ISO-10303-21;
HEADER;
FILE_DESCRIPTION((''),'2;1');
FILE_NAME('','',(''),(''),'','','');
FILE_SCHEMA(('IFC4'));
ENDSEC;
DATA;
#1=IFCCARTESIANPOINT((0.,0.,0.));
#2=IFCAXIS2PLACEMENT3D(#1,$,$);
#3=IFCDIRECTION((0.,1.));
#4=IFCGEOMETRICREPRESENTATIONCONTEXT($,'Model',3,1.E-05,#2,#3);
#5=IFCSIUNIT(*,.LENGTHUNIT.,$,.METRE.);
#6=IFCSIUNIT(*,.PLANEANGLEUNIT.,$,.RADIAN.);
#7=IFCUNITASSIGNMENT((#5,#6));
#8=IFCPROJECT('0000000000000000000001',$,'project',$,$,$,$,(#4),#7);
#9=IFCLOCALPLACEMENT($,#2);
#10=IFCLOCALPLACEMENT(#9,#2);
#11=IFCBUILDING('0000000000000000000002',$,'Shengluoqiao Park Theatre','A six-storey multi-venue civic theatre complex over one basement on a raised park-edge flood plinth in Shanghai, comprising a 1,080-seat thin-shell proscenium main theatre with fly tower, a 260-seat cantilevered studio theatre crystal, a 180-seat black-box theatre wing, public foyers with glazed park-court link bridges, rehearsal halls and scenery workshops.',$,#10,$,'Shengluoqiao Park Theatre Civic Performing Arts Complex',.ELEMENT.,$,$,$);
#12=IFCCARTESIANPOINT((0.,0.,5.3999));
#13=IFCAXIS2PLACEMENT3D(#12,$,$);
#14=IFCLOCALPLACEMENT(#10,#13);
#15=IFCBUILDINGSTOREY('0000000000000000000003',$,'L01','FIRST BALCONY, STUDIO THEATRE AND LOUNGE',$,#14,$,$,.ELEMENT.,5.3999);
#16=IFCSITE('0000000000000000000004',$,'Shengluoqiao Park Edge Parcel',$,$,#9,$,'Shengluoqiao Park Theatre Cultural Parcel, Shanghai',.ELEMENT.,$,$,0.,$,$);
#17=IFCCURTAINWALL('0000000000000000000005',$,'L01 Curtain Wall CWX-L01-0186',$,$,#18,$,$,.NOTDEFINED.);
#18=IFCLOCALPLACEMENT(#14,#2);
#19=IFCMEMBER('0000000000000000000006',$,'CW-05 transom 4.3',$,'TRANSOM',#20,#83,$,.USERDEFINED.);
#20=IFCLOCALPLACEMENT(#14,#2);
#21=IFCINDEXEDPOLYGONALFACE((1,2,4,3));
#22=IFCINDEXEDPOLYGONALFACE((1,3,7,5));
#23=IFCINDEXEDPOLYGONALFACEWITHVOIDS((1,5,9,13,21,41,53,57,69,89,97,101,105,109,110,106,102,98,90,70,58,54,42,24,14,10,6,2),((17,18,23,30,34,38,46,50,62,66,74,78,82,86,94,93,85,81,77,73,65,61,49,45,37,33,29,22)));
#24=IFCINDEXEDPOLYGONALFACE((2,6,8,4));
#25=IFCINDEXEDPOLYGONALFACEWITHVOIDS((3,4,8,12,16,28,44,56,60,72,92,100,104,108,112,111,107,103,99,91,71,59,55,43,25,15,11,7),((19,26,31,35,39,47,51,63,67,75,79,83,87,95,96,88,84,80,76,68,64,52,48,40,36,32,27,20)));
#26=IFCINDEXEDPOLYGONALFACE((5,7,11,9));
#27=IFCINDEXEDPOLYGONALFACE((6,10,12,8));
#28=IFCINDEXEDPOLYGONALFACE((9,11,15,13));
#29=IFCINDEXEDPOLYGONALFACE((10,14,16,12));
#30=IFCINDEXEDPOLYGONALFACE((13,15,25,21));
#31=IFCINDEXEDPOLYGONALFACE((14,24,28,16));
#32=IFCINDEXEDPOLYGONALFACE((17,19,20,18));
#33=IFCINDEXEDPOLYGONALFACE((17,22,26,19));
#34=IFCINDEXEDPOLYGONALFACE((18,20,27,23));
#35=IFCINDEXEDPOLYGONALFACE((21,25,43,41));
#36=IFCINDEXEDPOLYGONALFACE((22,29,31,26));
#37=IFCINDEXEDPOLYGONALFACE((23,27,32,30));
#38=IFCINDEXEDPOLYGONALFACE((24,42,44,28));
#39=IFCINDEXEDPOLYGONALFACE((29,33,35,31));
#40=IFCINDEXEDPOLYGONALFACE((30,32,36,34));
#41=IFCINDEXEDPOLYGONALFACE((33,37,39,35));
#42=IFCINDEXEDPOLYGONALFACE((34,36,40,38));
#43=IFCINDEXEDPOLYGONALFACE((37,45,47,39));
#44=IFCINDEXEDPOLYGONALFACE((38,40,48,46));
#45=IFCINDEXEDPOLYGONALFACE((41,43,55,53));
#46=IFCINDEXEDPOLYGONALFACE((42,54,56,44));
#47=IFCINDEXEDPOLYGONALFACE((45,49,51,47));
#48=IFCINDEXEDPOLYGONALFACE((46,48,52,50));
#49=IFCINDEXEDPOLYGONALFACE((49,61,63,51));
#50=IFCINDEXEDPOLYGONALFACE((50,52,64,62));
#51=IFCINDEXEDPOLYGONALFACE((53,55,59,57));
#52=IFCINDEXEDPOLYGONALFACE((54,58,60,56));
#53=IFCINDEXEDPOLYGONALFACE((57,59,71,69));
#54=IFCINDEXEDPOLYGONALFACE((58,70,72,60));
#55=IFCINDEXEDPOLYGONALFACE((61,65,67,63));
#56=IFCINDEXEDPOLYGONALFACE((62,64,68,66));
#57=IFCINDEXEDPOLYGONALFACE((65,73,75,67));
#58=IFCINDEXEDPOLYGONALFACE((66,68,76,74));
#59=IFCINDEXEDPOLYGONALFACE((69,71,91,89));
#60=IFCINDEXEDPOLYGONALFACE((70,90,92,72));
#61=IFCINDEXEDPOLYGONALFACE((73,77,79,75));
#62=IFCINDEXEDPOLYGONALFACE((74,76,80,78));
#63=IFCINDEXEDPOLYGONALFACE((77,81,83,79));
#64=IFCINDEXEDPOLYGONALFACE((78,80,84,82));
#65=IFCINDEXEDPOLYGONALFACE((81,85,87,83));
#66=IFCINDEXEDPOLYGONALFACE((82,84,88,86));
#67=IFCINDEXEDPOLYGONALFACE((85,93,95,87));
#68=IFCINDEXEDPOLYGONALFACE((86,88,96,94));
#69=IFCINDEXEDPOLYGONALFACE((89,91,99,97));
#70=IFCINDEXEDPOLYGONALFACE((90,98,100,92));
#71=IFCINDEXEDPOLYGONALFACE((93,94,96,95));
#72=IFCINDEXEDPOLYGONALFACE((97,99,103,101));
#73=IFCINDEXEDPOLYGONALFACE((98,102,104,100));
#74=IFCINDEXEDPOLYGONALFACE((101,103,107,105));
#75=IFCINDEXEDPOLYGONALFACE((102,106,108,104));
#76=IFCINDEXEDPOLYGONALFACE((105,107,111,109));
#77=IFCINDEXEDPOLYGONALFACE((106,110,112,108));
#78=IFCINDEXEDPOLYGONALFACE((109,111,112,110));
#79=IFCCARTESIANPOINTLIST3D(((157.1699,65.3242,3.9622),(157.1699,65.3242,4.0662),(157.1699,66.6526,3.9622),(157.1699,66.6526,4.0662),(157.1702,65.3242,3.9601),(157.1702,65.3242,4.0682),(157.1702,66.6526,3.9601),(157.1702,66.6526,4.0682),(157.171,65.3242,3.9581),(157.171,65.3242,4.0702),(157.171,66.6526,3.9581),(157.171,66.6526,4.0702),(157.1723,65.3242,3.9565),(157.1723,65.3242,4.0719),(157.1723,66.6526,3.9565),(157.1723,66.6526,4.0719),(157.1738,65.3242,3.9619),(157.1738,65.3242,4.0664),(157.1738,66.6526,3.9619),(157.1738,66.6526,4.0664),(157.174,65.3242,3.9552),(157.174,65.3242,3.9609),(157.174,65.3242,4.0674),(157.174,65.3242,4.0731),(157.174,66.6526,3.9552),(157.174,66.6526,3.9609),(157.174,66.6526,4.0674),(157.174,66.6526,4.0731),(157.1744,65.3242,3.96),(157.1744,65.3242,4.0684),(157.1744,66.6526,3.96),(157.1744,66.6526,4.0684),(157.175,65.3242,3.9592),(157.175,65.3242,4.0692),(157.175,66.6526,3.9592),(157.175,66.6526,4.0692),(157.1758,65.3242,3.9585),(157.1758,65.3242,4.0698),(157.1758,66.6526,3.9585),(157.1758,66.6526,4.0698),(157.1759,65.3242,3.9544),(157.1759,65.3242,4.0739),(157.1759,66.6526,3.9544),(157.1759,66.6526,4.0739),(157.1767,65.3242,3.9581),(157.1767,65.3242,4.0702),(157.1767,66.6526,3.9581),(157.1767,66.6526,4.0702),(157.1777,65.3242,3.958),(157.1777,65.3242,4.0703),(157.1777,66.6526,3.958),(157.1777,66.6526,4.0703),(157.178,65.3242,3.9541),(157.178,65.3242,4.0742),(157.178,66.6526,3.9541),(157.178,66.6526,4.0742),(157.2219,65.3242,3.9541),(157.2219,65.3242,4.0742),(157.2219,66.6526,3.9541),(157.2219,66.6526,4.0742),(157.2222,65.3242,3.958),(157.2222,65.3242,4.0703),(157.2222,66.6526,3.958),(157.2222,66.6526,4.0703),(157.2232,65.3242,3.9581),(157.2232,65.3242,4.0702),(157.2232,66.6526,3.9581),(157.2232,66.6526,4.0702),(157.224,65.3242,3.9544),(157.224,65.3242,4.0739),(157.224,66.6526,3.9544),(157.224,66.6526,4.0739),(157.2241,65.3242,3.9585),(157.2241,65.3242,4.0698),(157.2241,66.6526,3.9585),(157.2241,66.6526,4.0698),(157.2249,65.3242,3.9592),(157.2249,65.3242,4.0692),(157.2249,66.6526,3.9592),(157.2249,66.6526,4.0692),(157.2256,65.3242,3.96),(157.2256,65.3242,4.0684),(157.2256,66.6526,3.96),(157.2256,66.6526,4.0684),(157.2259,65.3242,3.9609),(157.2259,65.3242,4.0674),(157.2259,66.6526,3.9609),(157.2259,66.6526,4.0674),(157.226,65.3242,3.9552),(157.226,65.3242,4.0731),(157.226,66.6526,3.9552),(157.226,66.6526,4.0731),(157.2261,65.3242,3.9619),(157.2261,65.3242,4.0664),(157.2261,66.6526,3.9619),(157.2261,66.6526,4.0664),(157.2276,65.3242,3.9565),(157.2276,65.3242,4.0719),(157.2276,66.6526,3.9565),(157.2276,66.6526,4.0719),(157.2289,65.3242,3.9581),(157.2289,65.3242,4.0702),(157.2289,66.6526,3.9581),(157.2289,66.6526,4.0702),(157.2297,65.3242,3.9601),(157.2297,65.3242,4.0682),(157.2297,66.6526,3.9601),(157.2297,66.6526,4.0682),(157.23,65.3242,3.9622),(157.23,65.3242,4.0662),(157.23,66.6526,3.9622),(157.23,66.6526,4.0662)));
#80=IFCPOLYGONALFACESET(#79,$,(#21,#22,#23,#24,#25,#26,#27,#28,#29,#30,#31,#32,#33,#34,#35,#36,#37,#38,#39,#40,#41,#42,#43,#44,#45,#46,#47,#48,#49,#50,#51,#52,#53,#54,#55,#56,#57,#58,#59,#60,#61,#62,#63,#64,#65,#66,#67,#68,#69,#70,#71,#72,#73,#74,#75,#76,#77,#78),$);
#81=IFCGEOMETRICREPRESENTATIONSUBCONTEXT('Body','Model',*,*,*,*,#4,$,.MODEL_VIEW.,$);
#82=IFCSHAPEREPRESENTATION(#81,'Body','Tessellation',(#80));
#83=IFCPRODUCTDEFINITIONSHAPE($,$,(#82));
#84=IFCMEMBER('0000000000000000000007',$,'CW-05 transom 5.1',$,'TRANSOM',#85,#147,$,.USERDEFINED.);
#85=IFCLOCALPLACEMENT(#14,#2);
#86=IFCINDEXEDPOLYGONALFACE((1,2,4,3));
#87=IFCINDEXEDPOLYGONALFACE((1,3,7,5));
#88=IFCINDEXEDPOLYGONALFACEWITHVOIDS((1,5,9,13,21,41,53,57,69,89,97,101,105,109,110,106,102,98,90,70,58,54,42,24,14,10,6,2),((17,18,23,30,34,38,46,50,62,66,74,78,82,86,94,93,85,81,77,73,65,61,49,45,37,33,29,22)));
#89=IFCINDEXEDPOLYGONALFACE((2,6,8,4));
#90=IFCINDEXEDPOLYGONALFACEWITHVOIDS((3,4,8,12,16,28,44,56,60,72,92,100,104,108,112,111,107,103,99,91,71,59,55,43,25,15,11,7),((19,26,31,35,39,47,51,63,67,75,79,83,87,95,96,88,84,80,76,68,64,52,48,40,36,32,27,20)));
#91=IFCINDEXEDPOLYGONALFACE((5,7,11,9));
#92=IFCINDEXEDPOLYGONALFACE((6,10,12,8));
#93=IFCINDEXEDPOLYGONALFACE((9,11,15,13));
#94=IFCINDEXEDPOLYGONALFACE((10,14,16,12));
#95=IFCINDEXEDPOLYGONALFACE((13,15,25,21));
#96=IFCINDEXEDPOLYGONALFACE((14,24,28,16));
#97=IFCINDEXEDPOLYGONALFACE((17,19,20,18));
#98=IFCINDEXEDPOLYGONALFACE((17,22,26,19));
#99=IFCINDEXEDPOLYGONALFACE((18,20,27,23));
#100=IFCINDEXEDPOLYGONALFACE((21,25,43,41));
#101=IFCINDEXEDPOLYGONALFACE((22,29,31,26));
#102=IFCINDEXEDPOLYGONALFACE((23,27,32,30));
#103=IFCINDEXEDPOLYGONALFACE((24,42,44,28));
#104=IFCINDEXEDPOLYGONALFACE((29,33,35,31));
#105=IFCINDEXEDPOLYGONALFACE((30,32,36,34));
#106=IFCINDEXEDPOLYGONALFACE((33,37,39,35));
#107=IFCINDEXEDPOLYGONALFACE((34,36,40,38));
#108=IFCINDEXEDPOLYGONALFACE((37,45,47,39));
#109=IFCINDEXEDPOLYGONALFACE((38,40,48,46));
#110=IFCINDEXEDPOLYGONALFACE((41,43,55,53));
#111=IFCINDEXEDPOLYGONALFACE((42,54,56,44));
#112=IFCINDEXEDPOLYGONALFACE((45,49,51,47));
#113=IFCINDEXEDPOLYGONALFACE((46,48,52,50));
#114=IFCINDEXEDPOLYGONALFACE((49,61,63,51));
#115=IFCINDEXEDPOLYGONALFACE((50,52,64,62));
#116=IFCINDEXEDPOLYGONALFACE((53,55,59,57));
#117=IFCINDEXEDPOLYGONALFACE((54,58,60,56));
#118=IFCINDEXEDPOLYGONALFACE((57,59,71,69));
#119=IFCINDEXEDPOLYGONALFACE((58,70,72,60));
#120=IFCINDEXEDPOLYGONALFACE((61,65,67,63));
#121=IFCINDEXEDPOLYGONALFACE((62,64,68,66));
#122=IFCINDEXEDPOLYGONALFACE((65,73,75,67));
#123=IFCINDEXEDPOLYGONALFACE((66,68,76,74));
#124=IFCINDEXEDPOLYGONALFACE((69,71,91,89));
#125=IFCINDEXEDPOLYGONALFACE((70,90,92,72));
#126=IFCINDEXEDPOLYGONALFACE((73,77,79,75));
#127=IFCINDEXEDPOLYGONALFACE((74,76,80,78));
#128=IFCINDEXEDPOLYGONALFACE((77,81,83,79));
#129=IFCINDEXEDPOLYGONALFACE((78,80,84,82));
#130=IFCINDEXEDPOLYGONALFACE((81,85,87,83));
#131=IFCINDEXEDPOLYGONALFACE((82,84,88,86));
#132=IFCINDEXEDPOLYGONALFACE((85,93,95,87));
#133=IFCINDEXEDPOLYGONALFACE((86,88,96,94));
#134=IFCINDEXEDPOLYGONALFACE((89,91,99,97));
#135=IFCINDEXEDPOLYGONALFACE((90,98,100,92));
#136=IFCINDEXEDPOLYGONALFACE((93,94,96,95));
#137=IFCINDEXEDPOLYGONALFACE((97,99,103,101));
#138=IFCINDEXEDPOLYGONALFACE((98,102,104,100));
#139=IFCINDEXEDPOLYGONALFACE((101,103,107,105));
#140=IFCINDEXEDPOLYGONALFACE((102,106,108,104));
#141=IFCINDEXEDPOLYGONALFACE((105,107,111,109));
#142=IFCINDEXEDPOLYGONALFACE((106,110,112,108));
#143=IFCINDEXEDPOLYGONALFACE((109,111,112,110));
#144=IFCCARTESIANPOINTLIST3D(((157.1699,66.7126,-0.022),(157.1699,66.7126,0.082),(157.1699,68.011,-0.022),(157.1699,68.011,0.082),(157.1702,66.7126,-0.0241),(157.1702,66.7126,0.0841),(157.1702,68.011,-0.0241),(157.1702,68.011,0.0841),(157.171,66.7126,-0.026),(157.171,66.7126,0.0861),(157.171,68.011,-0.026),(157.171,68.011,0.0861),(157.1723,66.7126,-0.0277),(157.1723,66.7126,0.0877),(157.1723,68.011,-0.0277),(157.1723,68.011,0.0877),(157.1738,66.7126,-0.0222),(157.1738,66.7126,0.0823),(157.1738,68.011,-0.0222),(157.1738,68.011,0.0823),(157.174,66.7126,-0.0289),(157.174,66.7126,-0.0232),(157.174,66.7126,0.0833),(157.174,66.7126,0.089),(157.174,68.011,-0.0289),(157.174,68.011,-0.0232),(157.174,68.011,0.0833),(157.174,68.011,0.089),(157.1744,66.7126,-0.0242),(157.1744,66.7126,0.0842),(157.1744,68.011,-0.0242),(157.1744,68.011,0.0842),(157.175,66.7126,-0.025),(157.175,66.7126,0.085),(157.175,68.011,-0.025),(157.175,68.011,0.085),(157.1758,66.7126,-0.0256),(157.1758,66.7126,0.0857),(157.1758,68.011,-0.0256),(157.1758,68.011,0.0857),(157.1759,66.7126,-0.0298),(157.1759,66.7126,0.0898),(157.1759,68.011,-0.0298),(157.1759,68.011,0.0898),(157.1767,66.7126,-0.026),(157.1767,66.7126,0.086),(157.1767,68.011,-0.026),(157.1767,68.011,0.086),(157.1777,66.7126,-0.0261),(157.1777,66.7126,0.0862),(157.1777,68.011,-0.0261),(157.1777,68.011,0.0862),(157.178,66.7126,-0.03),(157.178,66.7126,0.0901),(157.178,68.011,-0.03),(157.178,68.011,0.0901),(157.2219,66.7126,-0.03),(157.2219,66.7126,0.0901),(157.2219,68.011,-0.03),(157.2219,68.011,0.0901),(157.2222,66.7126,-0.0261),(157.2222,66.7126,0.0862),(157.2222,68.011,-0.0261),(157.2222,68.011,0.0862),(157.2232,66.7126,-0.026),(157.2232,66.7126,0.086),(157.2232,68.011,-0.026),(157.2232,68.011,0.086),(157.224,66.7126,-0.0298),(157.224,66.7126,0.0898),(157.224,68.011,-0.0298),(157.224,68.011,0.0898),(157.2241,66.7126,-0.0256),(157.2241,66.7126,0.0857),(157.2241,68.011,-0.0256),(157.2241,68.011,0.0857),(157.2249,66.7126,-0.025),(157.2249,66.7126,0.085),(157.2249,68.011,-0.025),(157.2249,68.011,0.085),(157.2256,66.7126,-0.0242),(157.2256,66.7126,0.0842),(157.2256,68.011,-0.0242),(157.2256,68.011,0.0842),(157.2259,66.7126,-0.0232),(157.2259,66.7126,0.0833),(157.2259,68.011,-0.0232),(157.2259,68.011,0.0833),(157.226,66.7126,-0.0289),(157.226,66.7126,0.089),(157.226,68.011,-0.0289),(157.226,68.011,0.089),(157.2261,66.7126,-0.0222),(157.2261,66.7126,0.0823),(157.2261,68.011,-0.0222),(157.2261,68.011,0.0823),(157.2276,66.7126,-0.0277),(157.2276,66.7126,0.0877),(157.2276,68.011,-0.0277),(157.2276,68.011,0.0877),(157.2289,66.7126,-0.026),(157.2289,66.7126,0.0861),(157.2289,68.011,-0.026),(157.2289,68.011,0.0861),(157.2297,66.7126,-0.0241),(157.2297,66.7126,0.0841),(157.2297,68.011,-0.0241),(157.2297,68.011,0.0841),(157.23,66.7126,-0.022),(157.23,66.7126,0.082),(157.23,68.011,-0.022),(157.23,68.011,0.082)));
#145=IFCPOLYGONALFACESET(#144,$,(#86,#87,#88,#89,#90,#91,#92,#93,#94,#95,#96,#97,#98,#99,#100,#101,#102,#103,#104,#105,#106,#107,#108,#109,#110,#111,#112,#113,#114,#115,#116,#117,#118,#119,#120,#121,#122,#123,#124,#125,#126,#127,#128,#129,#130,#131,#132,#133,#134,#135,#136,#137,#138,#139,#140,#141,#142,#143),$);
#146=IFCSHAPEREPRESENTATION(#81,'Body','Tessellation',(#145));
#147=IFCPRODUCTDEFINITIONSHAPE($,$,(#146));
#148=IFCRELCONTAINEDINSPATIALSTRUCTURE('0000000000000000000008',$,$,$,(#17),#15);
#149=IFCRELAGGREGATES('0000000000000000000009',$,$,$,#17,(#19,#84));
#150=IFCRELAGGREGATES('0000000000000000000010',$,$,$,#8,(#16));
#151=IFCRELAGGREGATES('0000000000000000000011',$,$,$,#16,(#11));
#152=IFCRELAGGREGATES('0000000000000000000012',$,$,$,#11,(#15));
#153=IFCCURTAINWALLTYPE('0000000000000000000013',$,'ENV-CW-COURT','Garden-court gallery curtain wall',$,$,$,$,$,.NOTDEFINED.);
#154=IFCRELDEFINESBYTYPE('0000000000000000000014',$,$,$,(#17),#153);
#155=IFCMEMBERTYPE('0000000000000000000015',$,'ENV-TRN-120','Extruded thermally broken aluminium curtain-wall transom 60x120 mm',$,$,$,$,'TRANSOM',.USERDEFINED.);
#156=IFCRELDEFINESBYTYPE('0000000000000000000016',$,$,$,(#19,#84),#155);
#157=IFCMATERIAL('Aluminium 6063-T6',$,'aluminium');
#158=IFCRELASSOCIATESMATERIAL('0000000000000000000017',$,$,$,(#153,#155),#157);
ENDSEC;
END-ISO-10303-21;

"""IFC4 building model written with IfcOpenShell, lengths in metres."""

from ifc_helpers import new_model, si_unit, direction, frame, origin, origin_2d, place, context, subcontext, project, spatial, hollow_rectangle, extrude, material, material_profile, profile_set, type_object, element, aggregate, save


model = new_model("IFC4")

# Units and contexts
model_context = context("Model", 3, precision=1e-05, world=origin(), true_north=direction((0.0, 1.0)))
body_context = subcontext(model_context, "Body", "Model", "MODEL_VIEW")
ifc_project = project(units=[si_unit("LENGTHUNIT", "METRE"), si_unit("PLANEANGLEUNIT", "RADIAN")], contexts=[model_context])

# Site, building, storey
site_placement = place(None, origin())
site = spatial("IfcSite", under=ifc_project, at=site_placement, Name="Shengluoqiao Park Edge Parcel", LongName="Shengluoqiao Park Theatre Cultural Parcel, Shanghai", CompositionType="ELEMENT", RefElevation=0.0)
building_placement = place(site_placement, origin())
building = spatial("IfcBuilding", under=site, at=building_placement, Name="Shengluoqiao Park Theatre", Description="A six-storey multi-venue civic theatre complex over one basement on a raised park-edge flood plinth in Shanghai, comprising a 1,080-seat thin-shell proscenium main theatre with fly tower, a 260-seat cantilevered studio theatre crystal, a 180-seat black-box theatre wing, public foyers with glazed park-court link bridges, rehearsal halls and scenery workshops.", LongName="Shengluoqiao Park Theatre Civic Performing Arts Complex", CompositionType="ELEMENT")
storey_placement = place(building_placement, frame((0.0, 0.0, 5.3999)))
storey = spatial("IfcBuildingStorey", under=building, at=storey_placement, Name="L01", Description="FIRST BALCONY, STUDIO THEATRE AND LOUNGE", CompositionType="ELEMENT", Elevation=5.3999)

# Curtain wall, members
ifc_material_1 = material(Name="Aluminium 6063-T6", Category="aluminium")
curtain_wall_type = type_object("IfcCurtainWallType", Name="ENV-CW-COURT", Description="Garden-court gallery curtain wall", PredefinedType="NOTDEFINED", material=ifc_material_1)
curtain_wall_placement = place(storey_placement, origin())
curtain_wall = element("IfcCurtainWall", 1, at=curtain_wall_placement, inside=storey, type_object=curtain_wall_type, Name="L01 Curtain Wall CWX-L01-0186", PredefinedType="NOTDEFINED")
ifc_material_profile_1 = material_profile(ifc_material_1, hollow_rectangle(XDim=0.0601, YDim=0.1201, WallThickness=0.0039, InnerFilletRadius=0.0039, OuterFilletRadius=0.0081, at=origin_2d()), Name="ALU TRANSOM 120x60x4")
ifc_profile_set_1 = profile_set([ifc_material_profile_1], Name="Aluminium 6063-T6")
member_type_1 = type_object("IfcMemberType", Name="ENV-TRN-120", Description="Extruded thermally broken aluminium curtain-wall transom 60x120 mm", ElementType="TRANSOM", PredefinedType="USERDEFINED", material=ifc_profile_set_1)
member_1_placement = place(storey_placement, frame((157.2, 65.3242, 4.0142), z_axis=(0.0, 1.0, 0.0), x_axis=(-1.0, 0.0, 0.0)))
member_1 = element("IfcMember", 2, at=member_1_placement, type_object=member_type_1, Name="CW-05 transom 4.3", ObjectType="TRANSOM", PredefinedType="USERDEFINED", context=body_context, shape_type="SweptSolid", body=[
    extrude(hollow_rectangle(XDim=0.0601, YDim=0.1201, WallThickness=0.0039, InnerFilletRadius=0.0039, OuterFilletRadius=0.0081, at=origin_2d()), origin(), (0.0, 0.0, 1.0), 1.3284),
])
member_2_placement = place(storey_placement, frame((157.2, 66.7126, 0.03), z_axis=(0.0, 1.0, 0.0), x_axis=(-1.0, 0.0, 0.0)))
member_2 = element("IfcMember", 3, at=member_2_placement, type_object=member_type_1, Name="CW-05 transom 5.1", ObjectType="TRANSOM", PredefinedType="USERDEFINED", context=body_context, shape_type="SweptSolid", body=[
    extrude(hollow_rectangle(XDim=0.0601, YDim=0.1201, WallThickness=0.0039, InnerFilletRadius=0.0039, OuterFilletRadius=0.0081, at=origin_2d()), origin(), (0.0, 0.0, 1.0), 1.2983),
])
aggregate(curtain_wall, [member_1, member_2])

save(model, "model.ifc")
